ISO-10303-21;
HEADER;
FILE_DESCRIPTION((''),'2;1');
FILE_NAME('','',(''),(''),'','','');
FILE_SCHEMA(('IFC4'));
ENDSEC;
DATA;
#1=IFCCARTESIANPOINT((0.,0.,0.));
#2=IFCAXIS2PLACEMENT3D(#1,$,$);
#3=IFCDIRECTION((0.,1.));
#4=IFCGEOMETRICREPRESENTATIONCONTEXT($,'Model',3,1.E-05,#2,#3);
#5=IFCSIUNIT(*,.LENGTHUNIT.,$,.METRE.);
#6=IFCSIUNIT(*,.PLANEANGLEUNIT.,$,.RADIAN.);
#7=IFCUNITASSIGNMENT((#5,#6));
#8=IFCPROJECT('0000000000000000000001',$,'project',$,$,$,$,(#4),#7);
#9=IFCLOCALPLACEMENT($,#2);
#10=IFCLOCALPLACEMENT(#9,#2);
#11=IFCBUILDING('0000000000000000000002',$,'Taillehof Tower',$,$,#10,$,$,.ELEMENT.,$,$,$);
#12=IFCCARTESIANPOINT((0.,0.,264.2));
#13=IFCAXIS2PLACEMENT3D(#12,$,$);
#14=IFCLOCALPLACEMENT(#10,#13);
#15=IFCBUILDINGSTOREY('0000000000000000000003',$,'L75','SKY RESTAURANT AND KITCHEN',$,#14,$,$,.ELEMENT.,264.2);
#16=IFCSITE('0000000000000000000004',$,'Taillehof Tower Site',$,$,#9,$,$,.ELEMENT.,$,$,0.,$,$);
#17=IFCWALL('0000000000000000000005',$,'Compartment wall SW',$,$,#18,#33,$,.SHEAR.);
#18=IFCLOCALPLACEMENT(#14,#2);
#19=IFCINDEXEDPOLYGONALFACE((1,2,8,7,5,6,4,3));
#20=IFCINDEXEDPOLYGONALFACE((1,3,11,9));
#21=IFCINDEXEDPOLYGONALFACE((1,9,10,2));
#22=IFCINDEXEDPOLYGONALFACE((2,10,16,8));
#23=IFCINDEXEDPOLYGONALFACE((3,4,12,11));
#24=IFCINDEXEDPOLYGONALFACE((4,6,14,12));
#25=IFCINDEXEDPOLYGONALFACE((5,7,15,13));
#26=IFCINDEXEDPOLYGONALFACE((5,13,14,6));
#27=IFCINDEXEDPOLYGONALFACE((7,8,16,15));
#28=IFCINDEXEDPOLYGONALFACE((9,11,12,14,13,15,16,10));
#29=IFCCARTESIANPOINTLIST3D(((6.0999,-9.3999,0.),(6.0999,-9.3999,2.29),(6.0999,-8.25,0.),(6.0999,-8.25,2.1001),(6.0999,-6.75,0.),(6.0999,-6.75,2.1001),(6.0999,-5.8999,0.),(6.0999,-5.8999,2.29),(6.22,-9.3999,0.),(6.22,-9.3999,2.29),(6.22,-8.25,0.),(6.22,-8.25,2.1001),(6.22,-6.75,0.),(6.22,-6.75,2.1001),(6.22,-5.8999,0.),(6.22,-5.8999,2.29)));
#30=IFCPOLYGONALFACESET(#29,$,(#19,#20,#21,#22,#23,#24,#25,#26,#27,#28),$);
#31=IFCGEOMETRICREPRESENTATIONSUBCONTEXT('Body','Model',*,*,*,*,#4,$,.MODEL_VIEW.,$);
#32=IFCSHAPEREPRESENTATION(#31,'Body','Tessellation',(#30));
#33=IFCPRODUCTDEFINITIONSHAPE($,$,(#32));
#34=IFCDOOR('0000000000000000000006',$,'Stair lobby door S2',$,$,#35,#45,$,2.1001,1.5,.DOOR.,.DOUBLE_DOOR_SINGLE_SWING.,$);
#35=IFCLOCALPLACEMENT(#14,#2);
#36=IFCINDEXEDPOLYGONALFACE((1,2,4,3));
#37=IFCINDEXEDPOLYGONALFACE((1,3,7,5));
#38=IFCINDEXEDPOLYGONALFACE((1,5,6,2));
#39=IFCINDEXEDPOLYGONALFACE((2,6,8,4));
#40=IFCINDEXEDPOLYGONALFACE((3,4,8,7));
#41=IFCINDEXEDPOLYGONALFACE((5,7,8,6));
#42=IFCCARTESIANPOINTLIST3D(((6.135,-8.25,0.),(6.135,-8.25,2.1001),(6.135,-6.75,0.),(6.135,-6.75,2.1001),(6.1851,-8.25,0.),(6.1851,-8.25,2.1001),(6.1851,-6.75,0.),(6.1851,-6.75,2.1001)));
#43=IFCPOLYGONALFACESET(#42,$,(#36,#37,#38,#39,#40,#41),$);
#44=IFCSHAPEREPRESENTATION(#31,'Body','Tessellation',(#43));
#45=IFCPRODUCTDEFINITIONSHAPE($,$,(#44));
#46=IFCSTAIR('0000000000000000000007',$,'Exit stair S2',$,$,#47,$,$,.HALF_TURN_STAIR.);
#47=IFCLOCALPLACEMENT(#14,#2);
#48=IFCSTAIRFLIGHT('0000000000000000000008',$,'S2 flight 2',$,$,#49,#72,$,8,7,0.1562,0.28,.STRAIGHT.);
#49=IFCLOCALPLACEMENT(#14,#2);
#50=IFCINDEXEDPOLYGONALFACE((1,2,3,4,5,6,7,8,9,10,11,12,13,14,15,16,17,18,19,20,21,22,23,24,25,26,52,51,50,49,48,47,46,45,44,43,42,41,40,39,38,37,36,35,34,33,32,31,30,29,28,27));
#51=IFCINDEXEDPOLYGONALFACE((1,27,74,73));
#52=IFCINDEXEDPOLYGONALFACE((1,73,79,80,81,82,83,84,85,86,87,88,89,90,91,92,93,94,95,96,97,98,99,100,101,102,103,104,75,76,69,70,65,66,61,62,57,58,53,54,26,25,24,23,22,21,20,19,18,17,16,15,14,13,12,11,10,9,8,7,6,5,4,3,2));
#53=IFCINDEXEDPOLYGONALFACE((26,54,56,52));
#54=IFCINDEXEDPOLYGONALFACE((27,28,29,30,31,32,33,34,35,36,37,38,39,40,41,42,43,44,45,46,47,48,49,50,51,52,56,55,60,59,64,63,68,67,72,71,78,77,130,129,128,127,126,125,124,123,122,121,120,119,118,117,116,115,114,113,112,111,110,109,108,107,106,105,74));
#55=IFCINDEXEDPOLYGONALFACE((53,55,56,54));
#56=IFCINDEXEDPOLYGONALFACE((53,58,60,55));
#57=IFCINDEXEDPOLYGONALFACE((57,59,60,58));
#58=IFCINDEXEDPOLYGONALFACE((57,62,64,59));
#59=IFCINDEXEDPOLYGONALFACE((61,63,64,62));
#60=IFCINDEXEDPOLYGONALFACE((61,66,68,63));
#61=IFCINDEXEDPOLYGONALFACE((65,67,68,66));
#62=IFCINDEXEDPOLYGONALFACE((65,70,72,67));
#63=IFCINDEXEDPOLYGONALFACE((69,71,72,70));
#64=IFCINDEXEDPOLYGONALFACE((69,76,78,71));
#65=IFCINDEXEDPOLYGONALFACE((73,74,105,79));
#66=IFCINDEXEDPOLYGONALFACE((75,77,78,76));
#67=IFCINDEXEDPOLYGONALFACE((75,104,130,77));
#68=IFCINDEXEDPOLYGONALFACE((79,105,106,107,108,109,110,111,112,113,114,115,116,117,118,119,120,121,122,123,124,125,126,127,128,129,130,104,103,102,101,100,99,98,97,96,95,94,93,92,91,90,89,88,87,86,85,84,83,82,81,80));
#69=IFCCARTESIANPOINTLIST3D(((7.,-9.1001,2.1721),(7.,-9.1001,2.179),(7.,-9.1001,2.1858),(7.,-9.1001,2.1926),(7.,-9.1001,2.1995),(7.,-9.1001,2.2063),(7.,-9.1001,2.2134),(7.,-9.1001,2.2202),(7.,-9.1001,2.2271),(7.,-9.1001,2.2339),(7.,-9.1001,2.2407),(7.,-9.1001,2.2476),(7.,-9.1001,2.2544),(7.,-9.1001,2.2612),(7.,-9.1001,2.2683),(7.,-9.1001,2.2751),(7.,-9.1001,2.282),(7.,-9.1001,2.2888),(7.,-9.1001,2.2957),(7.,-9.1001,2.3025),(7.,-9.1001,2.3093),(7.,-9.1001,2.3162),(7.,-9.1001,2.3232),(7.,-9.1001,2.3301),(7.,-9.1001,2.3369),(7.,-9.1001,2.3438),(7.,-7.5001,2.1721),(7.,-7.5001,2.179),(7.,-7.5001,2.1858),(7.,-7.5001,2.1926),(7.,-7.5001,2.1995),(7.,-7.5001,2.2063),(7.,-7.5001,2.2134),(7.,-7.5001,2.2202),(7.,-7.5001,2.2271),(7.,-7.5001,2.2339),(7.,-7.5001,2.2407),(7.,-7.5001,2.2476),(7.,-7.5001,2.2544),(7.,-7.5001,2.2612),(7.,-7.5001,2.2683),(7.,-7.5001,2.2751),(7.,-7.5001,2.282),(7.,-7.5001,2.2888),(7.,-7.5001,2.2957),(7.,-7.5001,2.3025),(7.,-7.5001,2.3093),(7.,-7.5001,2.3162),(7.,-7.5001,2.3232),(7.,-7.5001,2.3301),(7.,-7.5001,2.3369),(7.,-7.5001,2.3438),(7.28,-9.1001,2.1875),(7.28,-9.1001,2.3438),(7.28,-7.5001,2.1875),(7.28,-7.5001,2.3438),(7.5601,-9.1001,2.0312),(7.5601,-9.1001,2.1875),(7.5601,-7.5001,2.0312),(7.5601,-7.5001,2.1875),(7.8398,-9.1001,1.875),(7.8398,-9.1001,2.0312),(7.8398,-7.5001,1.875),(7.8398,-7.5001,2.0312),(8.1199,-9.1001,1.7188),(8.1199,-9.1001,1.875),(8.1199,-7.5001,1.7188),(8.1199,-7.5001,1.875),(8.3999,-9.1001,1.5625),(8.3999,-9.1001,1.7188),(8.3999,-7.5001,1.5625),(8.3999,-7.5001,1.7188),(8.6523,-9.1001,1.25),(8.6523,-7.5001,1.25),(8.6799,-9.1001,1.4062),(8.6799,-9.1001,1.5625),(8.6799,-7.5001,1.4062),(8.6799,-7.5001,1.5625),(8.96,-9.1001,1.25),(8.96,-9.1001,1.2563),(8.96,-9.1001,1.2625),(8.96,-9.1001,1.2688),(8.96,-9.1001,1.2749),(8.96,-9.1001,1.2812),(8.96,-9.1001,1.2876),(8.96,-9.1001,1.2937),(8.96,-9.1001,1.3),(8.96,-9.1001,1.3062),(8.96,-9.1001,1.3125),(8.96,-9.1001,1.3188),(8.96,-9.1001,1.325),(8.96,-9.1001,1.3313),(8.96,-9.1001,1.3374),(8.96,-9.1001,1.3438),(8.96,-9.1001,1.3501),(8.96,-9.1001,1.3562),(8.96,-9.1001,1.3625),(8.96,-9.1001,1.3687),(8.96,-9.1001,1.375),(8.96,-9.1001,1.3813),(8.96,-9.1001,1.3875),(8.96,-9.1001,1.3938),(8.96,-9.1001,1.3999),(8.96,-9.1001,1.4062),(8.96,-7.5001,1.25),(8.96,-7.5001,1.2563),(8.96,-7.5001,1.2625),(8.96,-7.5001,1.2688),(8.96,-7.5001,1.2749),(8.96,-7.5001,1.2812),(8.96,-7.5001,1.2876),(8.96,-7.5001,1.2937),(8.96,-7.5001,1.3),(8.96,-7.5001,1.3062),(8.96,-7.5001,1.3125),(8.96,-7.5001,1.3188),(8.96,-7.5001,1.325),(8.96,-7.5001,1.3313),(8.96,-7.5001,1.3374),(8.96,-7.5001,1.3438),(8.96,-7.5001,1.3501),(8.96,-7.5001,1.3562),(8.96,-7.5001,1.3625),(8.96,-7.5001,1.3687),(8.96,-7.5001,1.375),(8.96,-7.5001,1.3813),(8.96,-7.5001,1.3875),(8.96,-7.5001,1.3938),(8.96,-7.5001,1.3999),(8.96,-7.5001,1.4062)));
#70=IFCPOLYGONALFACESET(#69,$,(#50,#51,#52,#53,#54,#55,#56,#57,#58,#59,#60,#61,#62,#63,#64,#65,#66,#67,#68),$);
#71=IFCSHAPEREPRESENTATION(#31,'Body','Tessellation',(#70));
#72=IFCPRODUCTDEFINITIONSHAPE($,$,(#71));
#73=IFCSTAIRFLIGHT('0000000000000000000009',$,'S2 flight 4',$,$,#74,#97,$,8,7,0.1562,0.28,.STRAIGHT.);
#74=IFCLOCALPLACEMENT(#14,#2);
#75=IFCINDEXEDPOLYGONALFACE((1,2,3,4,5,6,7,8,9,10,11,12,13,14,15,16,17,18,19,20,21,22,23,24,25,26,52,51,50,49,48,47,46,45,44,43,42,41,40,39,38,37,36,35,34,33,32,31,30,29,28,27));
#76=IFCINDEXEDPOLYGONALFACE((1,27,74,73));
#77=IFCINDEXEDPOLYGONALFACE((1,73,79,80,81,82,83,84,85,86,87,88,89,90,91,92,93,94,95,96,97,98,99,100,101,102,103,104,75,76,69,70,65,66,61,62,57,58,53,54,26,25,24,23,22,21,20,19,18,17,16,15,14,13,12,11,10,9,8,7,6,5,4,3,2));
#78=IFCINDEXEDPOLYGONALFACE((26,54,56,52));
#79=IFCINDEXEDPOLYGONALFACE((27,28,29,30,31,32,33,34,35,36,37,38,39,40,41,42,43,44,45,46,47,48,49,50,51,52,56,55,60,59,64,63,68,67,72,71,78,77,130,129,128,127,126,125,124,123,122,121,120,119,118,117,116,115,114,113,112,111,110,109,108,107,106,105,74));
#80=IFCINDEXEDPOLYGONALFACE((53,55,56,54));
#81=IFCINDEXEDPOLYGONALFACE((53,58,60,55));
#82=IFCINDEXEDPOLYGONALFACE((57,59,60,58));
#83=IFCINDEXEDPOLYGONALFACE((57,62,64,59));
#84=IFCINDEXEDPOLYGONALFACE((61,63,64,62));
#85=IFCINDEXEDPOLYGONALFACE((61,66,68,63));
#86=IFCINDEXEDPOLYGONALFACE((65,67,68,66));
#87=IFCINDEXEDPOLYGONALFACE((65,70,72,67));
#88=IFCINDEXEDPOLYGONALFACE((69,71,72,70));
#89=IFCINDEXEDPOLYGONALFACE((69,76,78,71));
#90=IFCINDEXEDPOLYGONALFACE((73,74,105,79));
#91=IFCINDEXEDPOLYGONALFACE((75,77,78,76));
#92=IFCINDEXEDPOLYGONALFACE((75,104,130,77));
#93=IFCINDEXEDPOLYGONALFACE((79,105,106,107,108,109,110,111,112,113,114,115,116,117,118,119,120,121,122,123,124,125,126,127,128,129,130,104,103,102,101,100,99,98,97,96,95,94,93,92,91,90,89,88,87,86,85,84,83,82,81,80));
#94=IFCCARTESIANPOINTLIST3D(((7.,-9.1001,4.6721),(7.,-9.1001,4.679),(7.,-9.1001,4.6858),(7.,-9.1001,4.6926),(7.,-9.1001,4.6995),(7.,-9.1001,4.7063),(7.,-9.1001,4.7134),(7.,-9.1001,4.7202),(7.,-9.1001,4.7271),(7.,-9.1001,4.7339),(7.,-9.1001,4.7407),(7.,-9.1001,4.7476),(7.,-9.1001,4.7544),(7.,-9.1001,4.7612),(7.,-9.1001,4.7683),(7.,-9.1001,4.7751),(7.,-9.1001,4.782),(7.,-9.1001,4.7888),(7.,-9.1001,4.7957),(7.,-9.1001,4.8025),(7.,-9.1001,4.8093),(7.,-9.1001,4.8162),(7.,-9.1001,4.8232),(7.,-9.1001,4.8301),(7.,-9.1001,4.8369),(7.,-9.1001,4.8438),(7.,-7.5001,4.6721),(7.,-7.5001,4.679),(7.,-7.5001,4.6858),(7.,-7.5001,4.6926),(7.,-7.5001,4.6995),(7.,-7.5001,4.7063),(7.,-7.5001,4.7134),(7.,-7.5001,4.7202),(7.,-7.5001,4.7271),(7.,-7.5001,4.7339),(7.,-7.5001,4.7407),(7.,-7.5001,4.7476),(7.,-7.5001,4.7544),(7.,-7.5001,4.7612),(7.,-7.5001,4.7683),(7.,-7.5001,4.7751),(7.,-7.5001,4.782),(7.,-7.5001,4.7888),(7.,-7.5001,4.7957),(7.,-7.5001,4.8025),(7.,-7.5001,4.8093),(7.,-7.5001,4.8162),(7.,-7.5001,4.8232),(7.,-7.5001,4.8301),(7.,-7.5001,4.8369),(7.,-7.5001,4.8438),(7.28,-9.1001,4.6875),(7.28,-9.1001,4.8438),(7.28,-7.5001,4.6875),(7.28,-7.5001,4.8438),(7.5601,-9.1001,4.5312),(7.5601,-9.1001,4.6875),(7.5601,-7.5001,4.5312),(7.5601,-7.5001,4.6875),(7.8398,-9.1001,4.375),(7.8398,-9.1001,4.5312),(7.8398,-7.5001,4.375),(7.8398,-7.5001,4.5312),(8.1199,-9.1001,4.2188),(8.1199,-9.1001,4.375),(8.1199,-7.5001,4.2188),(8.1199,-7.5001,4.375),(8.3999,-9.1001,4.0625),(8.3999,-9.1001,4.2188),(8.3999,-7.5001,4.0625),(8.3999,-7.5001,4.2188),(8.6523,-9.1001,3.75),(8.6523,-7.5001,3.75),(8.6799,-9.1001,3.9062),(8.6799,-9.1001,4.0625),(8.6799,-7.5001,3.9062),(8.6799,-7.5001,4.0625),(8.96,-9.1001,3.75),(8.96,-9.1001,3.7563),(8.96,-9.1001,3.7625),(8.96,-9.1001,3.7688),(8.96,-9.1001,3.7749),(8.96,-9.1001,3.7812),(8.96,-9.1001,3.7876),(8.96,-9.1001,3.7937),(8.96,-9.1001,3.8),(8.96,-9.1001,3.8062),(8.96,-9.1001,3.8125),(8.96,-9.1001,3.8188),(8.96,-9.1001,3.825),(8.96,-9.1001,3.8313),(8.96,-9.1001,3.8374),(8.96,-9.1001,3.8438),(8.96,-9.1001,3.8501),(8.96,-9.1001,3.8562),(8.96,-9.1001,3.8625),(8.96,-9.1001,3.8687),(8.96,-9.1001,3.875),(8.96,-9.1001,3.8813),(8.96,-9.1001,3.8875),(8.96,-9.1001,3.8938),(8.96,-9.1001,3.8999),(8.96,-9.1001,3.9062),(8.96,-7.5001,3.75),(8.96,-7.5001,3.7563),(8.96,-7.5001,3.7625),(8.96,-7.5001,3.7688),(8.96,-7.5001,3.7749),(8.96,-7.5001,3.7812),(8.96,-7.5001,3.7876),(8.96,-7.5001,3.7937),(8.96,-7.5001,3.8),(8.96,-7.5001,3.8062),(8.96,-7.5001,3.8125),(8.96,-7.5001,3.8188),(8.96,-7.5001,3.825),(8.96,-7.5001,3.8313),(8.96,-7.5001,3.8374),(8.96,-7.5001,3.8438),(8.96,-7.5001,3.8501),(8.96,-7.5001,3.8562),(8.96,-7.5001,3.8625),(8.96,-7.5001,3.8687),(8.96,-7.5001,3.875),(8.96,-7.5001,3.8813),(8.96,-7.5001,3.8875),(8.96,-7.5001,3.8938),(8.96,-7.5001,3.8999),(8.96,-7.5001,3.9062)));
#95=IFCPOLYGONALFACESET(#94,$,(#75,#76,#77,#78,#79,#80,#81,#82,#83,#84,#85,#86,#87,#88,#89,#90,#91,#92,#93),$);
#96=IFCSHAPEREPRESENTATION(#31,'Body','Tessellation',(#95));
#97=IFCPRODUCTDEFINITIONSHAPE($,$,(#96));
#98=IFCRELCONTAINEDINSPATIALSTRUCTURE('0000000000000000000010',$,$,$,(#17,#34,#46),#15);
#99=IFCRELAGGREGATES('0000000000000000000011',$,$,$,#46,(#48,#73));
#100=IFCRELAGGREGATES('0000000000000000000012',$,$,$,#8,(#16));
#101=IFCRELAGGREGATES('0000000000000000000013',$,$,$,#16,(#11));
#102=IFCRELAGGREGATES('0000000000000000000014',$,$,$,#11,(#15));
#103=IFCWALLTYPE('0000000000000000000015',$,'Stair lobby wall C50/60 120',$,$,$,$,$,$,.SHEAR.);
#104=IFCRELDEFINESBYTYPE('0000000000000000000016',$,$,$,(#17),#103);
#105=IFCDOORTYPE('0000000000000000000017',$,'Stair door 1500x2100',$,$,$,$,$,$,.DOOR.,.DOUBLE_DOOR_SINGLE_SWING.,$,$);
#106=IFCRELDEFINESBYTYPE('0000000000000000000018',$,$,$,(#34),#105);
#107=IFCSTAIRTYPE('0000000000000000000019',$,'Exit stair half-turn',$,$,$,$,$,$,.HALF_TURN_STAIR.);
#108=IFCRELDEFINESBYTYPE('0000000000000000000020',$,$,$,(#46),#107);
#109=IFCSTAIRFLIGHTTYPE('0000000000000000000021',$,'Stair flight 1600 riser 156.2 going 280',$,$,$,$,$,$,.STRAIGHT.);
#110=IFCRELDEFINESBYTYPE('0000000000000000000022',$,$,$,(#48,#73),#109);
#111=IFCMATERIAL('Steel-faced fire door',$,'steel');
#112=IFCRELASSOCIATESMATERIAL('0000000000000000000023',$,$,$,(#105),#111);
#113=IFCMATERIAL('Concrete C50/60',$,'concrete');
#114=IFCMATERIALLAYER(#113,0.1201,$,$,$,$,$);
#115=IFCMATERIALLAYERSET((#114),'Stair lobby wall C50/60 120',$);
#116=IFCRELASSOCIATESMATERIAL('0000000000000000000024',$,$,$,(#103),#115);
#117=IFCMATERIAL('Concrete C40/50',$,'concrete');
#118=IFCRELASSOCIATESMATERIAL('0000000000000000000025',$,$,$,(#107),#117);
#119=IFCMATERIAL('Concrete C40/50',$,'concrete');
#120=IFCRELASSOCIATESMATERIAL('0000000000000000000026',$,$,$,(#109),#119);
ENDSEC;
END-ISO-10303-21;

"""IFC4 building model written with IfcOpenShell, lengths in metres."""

from ifc_helpers import new_model, si_unit, direction, frame, frame_2d, origin, place, context, subcontext, project, spatial, polyline, rectangle, outline, extrude, material, layer, layer_set, type_object, element, fill, aggregate, save


model = new_model("IFC4")

# Units and contexts
model_context = context("Model", 3, precision=1e-05, world=origin(), true_north=direction((0.0, 1.0)))
body_context = subcontext(model_context, "Body", "Model", "MODEL_VIEW")
ifc_project = project(units=[si_unit("LENGTHUNIT", "METRE"), si_unit("PLANEANGLEUNIT", "RADIAN")], contexts=[model_context])

# Site, building, storey
site_placement = place(None, origin())
site = spatial("IfcSite", under=ifc_project, at=site_placement, Name="Taillehof Tower Site", CompositionType="ELEMENT", RefElevation=0.0)
building_placement = place(site_placement, origin())
building = spatial("IfcBuilding", under=site, at=building_placement, Name="Taillehof Tower", CompositionType="ELEMENT")
storey_placement = place(building_placement, frame((0.0, 0.0, 264.2)))
storey = spatial("IfcBuildingStorey", under=building, at=storey_placement, Name="L75", Description="SKY RESTAURANT AND KITCHEN", CompositionType="ELEMENT", Elevation=264.2)

# Shared definitions
ifc_material_1 = material(Name="Steel-faced fire door", Category="steel")
door_type_1 = type_object("IfcDoorType", Name="Stair door 1500x2100", OperationType="DOUBLE_DOOR_SINGLE_SWING", PredefinedType="DOOR", material=ifc_material_1)

# Wall, opening, door
ifc_material_2 = material(Name="Concrete C50/60", Category="concrete")
ifc_layer_1 = layer(ifc_material_2, 0.1201)
ifc_layer_set_1 = layer_set([ifc_layer_1], Name="Stair lobby wall C50/60 120")
wall_type_1 = type_object("IfcWallType", Name="Stair lobby wall C50/60 120", PredefinedType="SHEAR", material=ifc_layer_set_1)
wall_1_placement = place(storey_placement, frame((6.1599, -9.3999, 0.0), z_axis=(0.0, 0.0, 1.0), x_axis=(0.0, 1.0, 0.0)))
wall_1 = element("IfcWall", 1, at=wall_1_placement, inside=storey, type_object=wall_type_1, Name="Compartment wall SW", PredefinedType="SHEAR", context=body_context, shape_type="SweptSolid", body=[
    extrude(rectangle(XDim=3.5, YDim=0.1201, at=frame_2d((1.75, 0.0))), origin(), (0.0, 0.0, 1.0), 2.29),
])
opening_1_placement = place(wall_1_placement, frame((1.1499, 0.0, 0.0)))
opening_1 = element("IfcOpeningElement", 2, at=opening_1_placement, cuts=wall_1, PredefinedType="OPENING", context=body_context, shape_type="SweptSolid", body=[
    extrude(rectangle(XDim=1.5, YDim=2.1001, at=frame_2d((0.75, 1.05))), frame((0.0, 0.0701, 0.0), z_axis=(0.0, -1.0, 0.0), x_axis=(1.0, 0.0, 0.0)), (0.0, 0.0, 1.0), 0.1401),
])
door_1_placement = place(opening_1_placement, origin())
door_1 = element("IfcDoor", 3, at=door_1_placement, inside=storey, type_object=door_type_1, Name="Stair lobby door S2", OperationType="DOUBLE_DOOR_SINGLE_SWING", OverallHeight=2.1001, OverallWidth=1.5, PredefinedType="DOOR", context=body_context, shape_type="SweptSolid", body=[
    extrude(rectangle(XDim=1.5, YDim=2.1001, at=frame_2d((0.75, 1.05))), frame((0.0, 0.0249, 0.0), z_axis=(0.0, -1.0, 0.0), x_axis=(1.0, 0.0, 0.0)), (0.0, 0.0, 1.0), 0.05),
])
fill(opening_1, door_1)

# Stair, stair flights
ifc_material_3 = material(Name="Concrete C40/50", Category="concrete")
stair_type = type_object("IfcStairType", Name="Exit stair half-turn", PredefinedType="HALF_TURN_STAIR", material=ifc_material_3)
stair_placement = place(storey_placement, origin())
stair = element("IfcStair", 4, at=stair_placement, inside=storey, type_object=stair_type, Name="Exit stair S2", PredefinedType="HALF_TURN_STAIR")
ifc_material_4 = material(Name="Concrete C40/50", Category="concrete")
stair_flight_type = type_object("IfcStairFlightType", Name="Stair flight 1600 riser 156.2 going 280", PredefinedType="STRAIGHT", material=ifc_material_4)
stair_flight_1_placement = place(storey_placement, frame((8.96, -8.3, 1.25), z_axis=(0.0, 0.0, 1.0), x_axis=(-1.0, 0.0, 0.0)))
stair_flight_1 = element("IfcStairFlight", 5, at=stair_flight_1_placement, type_object=stair_flight_type, Name="S2 flight 2", NumberOfRisers=8, NumberOfTreads=7, PredefinedType="STRAIGHT", RiserHeight=0.1562, TreadLength=0.28, context=body_context, shape_type="SweptSolid", body=[
    extrude(outline(polyline([(0.0, 0.0), (0.0, 0.0063), (0.0, 0.0125), (0.0, 0.0188), (0.0, 0.0249), (0.0, 0.0312), (0.0, 0.0376), (0.0, 0.0437), (0.0, 0.05), (0.0, 0.0562), (0.0, 0.0625), (0.0, 0.0688), (0.0, 0.075), (0.0, 0.0813), (0.0, 0.0874), (0.0, 0.0938), (0.0, 0.1001), (0.0, 0.1062), (0.0, 0.1125), (0.0, 0.1187), (0.0, 0.125), (0.0, 0.1313), (0.0, 0.1375), (0.0, 0.1438), (0.0, 0.1499), (0.0, 0.1562), (0.28, 0.1562), (0.28, 0.3125), (0.5601, 0.3125), (0.5601, 0.4688), (0.8401, 0.4688), (0.8401, 0.625), (1.1201, 0.625), (1.1201, 0.7812), (1.3999, 0.7812), (1.3999, 0.9375), (1.6799, 0.9375), (1.6799, 1.0938), (1.96, 1.0938), (1.96, 1.0869), (1.96, 1.0801), (1.96, 1.0732), (1.96, 1.0662), (1.96, 1.0593), (1.96, 1.0525), (1.96, 1.0457), (1.96, 1.0388), (1.96, 1.032), (1.96, 1.0251), (1.96, 1.0183), (1.96, 1.0112), (1.96, 1.0044), (1.96, 0.9976), (1.96, 0.9907), (1.96, 0.9839), (1.96, 0.9771), (1.96, 0.9702), (1.96, 0.9634), (1.96, 0.9563), (1.96, 0.9495), (1.96, 0.9426), (1.96, 0.9358), (1.96, 0.929), (1.96, 0.9221), (0.3076, 0.0), (0.0, 0.0)])), frame((0.0, 0.8, 0.0), z_axis=(0.0, -1.0, 0.0), x_axis=(1.0, 0.0, 0.0)), (0.0, 0.0, 1.0), 1.6),
])
stair_flight_2_placement = place(storey_placement, frame((8.96, -8.3, 3.75), z_axis=(0.0, 0.0, 1.0), x_axis=(-1.0, 0.0, 0.0)))
stair_flight_2 = element("IfcStairFlight", 6, at=stair_flight_2_placement, type_object=stair_flight_type, Name="S2 flight 4", NumberOfRisers=8, NumberOfTreads=7, PredefinedType="STRAIGHT", RiserHeight=0.1562, TreadLength=0.28, context=body_context, shape_type="SweptSolid", body=[
    extrude(outline(polyline([(0.0, 0.0), (0.0, 0.0063), (0.0, 0.0125), (0.0, 0.0188), (0.0, 0.0249), (0.0, 0.0312), (0.0, 0.0376), (0.0, 0.0437), (0.0, 0.05), (0.0, 0.0562), (0.0, 0.0625), (0.0, 0.0688), (0.0, 0.075), (0.0, 0.0813), (0.0, 0.0874), (0.0, 0.0938), (0.0, 0.1001), (0.0, 0.1062), (0.0, 0.1125), (0.0, 0.1187), (0.0, 0.125), (0.0, 0.1313), (0.0, 0.1375), (0.0, 0.1438), (0.0, 0.1499), (0.0, 0.1562), (0.28, 0.1562), (0.28, 0.3125), (0.5601, 0.3125), (0.5601, 0.4688), (0.8401, 0.4688), (0.8401, 0.625), (1.1201, 0.625), (1.1201, 0.7812), (1.3999, 0.7812), (1.3999, 0.9375), (1.6799, 0.9375), (1.6799, 1.0938), (1.96, 1.0938), (1.96, 1.0869), (1.96, 1.0801), (1.96, 1.0732), (1.96, 1.0662), (1.96, 1.0593), (1.96, 1.0525), (1.96, 1.0457), (1.96, 1.0388), (1.96, 1.032), (1.96, 1.0251), (1.96, 1.0183), (1.96, 1.0112), (1.96, 1.0044), (1.96, 0.9976), (1.96, 0.9907), (1.96, 0.9839), (1.96, 0.9771), (1.96, 0.9702), (1.96, 0.9634), (1.96, 0.9563), (1.96, 0.9495), (1.96, 0.9426), (1.96, 0.9358), (1.96, 0.929), (1.96, 0.9221), (0.3076, 0.0), (0.0, 0.0)])), frame((0.0, 0.8, 0.0), z_axis=(0.0, -1.0, 0.0), x_axis=(1.0, 0.0, 0.0)), (0.0, 0.0, 1.0), 1.6),
])
aggregate(stair, [stair_flight_1, stair_flight_2])

save(model, "model.ifc")
